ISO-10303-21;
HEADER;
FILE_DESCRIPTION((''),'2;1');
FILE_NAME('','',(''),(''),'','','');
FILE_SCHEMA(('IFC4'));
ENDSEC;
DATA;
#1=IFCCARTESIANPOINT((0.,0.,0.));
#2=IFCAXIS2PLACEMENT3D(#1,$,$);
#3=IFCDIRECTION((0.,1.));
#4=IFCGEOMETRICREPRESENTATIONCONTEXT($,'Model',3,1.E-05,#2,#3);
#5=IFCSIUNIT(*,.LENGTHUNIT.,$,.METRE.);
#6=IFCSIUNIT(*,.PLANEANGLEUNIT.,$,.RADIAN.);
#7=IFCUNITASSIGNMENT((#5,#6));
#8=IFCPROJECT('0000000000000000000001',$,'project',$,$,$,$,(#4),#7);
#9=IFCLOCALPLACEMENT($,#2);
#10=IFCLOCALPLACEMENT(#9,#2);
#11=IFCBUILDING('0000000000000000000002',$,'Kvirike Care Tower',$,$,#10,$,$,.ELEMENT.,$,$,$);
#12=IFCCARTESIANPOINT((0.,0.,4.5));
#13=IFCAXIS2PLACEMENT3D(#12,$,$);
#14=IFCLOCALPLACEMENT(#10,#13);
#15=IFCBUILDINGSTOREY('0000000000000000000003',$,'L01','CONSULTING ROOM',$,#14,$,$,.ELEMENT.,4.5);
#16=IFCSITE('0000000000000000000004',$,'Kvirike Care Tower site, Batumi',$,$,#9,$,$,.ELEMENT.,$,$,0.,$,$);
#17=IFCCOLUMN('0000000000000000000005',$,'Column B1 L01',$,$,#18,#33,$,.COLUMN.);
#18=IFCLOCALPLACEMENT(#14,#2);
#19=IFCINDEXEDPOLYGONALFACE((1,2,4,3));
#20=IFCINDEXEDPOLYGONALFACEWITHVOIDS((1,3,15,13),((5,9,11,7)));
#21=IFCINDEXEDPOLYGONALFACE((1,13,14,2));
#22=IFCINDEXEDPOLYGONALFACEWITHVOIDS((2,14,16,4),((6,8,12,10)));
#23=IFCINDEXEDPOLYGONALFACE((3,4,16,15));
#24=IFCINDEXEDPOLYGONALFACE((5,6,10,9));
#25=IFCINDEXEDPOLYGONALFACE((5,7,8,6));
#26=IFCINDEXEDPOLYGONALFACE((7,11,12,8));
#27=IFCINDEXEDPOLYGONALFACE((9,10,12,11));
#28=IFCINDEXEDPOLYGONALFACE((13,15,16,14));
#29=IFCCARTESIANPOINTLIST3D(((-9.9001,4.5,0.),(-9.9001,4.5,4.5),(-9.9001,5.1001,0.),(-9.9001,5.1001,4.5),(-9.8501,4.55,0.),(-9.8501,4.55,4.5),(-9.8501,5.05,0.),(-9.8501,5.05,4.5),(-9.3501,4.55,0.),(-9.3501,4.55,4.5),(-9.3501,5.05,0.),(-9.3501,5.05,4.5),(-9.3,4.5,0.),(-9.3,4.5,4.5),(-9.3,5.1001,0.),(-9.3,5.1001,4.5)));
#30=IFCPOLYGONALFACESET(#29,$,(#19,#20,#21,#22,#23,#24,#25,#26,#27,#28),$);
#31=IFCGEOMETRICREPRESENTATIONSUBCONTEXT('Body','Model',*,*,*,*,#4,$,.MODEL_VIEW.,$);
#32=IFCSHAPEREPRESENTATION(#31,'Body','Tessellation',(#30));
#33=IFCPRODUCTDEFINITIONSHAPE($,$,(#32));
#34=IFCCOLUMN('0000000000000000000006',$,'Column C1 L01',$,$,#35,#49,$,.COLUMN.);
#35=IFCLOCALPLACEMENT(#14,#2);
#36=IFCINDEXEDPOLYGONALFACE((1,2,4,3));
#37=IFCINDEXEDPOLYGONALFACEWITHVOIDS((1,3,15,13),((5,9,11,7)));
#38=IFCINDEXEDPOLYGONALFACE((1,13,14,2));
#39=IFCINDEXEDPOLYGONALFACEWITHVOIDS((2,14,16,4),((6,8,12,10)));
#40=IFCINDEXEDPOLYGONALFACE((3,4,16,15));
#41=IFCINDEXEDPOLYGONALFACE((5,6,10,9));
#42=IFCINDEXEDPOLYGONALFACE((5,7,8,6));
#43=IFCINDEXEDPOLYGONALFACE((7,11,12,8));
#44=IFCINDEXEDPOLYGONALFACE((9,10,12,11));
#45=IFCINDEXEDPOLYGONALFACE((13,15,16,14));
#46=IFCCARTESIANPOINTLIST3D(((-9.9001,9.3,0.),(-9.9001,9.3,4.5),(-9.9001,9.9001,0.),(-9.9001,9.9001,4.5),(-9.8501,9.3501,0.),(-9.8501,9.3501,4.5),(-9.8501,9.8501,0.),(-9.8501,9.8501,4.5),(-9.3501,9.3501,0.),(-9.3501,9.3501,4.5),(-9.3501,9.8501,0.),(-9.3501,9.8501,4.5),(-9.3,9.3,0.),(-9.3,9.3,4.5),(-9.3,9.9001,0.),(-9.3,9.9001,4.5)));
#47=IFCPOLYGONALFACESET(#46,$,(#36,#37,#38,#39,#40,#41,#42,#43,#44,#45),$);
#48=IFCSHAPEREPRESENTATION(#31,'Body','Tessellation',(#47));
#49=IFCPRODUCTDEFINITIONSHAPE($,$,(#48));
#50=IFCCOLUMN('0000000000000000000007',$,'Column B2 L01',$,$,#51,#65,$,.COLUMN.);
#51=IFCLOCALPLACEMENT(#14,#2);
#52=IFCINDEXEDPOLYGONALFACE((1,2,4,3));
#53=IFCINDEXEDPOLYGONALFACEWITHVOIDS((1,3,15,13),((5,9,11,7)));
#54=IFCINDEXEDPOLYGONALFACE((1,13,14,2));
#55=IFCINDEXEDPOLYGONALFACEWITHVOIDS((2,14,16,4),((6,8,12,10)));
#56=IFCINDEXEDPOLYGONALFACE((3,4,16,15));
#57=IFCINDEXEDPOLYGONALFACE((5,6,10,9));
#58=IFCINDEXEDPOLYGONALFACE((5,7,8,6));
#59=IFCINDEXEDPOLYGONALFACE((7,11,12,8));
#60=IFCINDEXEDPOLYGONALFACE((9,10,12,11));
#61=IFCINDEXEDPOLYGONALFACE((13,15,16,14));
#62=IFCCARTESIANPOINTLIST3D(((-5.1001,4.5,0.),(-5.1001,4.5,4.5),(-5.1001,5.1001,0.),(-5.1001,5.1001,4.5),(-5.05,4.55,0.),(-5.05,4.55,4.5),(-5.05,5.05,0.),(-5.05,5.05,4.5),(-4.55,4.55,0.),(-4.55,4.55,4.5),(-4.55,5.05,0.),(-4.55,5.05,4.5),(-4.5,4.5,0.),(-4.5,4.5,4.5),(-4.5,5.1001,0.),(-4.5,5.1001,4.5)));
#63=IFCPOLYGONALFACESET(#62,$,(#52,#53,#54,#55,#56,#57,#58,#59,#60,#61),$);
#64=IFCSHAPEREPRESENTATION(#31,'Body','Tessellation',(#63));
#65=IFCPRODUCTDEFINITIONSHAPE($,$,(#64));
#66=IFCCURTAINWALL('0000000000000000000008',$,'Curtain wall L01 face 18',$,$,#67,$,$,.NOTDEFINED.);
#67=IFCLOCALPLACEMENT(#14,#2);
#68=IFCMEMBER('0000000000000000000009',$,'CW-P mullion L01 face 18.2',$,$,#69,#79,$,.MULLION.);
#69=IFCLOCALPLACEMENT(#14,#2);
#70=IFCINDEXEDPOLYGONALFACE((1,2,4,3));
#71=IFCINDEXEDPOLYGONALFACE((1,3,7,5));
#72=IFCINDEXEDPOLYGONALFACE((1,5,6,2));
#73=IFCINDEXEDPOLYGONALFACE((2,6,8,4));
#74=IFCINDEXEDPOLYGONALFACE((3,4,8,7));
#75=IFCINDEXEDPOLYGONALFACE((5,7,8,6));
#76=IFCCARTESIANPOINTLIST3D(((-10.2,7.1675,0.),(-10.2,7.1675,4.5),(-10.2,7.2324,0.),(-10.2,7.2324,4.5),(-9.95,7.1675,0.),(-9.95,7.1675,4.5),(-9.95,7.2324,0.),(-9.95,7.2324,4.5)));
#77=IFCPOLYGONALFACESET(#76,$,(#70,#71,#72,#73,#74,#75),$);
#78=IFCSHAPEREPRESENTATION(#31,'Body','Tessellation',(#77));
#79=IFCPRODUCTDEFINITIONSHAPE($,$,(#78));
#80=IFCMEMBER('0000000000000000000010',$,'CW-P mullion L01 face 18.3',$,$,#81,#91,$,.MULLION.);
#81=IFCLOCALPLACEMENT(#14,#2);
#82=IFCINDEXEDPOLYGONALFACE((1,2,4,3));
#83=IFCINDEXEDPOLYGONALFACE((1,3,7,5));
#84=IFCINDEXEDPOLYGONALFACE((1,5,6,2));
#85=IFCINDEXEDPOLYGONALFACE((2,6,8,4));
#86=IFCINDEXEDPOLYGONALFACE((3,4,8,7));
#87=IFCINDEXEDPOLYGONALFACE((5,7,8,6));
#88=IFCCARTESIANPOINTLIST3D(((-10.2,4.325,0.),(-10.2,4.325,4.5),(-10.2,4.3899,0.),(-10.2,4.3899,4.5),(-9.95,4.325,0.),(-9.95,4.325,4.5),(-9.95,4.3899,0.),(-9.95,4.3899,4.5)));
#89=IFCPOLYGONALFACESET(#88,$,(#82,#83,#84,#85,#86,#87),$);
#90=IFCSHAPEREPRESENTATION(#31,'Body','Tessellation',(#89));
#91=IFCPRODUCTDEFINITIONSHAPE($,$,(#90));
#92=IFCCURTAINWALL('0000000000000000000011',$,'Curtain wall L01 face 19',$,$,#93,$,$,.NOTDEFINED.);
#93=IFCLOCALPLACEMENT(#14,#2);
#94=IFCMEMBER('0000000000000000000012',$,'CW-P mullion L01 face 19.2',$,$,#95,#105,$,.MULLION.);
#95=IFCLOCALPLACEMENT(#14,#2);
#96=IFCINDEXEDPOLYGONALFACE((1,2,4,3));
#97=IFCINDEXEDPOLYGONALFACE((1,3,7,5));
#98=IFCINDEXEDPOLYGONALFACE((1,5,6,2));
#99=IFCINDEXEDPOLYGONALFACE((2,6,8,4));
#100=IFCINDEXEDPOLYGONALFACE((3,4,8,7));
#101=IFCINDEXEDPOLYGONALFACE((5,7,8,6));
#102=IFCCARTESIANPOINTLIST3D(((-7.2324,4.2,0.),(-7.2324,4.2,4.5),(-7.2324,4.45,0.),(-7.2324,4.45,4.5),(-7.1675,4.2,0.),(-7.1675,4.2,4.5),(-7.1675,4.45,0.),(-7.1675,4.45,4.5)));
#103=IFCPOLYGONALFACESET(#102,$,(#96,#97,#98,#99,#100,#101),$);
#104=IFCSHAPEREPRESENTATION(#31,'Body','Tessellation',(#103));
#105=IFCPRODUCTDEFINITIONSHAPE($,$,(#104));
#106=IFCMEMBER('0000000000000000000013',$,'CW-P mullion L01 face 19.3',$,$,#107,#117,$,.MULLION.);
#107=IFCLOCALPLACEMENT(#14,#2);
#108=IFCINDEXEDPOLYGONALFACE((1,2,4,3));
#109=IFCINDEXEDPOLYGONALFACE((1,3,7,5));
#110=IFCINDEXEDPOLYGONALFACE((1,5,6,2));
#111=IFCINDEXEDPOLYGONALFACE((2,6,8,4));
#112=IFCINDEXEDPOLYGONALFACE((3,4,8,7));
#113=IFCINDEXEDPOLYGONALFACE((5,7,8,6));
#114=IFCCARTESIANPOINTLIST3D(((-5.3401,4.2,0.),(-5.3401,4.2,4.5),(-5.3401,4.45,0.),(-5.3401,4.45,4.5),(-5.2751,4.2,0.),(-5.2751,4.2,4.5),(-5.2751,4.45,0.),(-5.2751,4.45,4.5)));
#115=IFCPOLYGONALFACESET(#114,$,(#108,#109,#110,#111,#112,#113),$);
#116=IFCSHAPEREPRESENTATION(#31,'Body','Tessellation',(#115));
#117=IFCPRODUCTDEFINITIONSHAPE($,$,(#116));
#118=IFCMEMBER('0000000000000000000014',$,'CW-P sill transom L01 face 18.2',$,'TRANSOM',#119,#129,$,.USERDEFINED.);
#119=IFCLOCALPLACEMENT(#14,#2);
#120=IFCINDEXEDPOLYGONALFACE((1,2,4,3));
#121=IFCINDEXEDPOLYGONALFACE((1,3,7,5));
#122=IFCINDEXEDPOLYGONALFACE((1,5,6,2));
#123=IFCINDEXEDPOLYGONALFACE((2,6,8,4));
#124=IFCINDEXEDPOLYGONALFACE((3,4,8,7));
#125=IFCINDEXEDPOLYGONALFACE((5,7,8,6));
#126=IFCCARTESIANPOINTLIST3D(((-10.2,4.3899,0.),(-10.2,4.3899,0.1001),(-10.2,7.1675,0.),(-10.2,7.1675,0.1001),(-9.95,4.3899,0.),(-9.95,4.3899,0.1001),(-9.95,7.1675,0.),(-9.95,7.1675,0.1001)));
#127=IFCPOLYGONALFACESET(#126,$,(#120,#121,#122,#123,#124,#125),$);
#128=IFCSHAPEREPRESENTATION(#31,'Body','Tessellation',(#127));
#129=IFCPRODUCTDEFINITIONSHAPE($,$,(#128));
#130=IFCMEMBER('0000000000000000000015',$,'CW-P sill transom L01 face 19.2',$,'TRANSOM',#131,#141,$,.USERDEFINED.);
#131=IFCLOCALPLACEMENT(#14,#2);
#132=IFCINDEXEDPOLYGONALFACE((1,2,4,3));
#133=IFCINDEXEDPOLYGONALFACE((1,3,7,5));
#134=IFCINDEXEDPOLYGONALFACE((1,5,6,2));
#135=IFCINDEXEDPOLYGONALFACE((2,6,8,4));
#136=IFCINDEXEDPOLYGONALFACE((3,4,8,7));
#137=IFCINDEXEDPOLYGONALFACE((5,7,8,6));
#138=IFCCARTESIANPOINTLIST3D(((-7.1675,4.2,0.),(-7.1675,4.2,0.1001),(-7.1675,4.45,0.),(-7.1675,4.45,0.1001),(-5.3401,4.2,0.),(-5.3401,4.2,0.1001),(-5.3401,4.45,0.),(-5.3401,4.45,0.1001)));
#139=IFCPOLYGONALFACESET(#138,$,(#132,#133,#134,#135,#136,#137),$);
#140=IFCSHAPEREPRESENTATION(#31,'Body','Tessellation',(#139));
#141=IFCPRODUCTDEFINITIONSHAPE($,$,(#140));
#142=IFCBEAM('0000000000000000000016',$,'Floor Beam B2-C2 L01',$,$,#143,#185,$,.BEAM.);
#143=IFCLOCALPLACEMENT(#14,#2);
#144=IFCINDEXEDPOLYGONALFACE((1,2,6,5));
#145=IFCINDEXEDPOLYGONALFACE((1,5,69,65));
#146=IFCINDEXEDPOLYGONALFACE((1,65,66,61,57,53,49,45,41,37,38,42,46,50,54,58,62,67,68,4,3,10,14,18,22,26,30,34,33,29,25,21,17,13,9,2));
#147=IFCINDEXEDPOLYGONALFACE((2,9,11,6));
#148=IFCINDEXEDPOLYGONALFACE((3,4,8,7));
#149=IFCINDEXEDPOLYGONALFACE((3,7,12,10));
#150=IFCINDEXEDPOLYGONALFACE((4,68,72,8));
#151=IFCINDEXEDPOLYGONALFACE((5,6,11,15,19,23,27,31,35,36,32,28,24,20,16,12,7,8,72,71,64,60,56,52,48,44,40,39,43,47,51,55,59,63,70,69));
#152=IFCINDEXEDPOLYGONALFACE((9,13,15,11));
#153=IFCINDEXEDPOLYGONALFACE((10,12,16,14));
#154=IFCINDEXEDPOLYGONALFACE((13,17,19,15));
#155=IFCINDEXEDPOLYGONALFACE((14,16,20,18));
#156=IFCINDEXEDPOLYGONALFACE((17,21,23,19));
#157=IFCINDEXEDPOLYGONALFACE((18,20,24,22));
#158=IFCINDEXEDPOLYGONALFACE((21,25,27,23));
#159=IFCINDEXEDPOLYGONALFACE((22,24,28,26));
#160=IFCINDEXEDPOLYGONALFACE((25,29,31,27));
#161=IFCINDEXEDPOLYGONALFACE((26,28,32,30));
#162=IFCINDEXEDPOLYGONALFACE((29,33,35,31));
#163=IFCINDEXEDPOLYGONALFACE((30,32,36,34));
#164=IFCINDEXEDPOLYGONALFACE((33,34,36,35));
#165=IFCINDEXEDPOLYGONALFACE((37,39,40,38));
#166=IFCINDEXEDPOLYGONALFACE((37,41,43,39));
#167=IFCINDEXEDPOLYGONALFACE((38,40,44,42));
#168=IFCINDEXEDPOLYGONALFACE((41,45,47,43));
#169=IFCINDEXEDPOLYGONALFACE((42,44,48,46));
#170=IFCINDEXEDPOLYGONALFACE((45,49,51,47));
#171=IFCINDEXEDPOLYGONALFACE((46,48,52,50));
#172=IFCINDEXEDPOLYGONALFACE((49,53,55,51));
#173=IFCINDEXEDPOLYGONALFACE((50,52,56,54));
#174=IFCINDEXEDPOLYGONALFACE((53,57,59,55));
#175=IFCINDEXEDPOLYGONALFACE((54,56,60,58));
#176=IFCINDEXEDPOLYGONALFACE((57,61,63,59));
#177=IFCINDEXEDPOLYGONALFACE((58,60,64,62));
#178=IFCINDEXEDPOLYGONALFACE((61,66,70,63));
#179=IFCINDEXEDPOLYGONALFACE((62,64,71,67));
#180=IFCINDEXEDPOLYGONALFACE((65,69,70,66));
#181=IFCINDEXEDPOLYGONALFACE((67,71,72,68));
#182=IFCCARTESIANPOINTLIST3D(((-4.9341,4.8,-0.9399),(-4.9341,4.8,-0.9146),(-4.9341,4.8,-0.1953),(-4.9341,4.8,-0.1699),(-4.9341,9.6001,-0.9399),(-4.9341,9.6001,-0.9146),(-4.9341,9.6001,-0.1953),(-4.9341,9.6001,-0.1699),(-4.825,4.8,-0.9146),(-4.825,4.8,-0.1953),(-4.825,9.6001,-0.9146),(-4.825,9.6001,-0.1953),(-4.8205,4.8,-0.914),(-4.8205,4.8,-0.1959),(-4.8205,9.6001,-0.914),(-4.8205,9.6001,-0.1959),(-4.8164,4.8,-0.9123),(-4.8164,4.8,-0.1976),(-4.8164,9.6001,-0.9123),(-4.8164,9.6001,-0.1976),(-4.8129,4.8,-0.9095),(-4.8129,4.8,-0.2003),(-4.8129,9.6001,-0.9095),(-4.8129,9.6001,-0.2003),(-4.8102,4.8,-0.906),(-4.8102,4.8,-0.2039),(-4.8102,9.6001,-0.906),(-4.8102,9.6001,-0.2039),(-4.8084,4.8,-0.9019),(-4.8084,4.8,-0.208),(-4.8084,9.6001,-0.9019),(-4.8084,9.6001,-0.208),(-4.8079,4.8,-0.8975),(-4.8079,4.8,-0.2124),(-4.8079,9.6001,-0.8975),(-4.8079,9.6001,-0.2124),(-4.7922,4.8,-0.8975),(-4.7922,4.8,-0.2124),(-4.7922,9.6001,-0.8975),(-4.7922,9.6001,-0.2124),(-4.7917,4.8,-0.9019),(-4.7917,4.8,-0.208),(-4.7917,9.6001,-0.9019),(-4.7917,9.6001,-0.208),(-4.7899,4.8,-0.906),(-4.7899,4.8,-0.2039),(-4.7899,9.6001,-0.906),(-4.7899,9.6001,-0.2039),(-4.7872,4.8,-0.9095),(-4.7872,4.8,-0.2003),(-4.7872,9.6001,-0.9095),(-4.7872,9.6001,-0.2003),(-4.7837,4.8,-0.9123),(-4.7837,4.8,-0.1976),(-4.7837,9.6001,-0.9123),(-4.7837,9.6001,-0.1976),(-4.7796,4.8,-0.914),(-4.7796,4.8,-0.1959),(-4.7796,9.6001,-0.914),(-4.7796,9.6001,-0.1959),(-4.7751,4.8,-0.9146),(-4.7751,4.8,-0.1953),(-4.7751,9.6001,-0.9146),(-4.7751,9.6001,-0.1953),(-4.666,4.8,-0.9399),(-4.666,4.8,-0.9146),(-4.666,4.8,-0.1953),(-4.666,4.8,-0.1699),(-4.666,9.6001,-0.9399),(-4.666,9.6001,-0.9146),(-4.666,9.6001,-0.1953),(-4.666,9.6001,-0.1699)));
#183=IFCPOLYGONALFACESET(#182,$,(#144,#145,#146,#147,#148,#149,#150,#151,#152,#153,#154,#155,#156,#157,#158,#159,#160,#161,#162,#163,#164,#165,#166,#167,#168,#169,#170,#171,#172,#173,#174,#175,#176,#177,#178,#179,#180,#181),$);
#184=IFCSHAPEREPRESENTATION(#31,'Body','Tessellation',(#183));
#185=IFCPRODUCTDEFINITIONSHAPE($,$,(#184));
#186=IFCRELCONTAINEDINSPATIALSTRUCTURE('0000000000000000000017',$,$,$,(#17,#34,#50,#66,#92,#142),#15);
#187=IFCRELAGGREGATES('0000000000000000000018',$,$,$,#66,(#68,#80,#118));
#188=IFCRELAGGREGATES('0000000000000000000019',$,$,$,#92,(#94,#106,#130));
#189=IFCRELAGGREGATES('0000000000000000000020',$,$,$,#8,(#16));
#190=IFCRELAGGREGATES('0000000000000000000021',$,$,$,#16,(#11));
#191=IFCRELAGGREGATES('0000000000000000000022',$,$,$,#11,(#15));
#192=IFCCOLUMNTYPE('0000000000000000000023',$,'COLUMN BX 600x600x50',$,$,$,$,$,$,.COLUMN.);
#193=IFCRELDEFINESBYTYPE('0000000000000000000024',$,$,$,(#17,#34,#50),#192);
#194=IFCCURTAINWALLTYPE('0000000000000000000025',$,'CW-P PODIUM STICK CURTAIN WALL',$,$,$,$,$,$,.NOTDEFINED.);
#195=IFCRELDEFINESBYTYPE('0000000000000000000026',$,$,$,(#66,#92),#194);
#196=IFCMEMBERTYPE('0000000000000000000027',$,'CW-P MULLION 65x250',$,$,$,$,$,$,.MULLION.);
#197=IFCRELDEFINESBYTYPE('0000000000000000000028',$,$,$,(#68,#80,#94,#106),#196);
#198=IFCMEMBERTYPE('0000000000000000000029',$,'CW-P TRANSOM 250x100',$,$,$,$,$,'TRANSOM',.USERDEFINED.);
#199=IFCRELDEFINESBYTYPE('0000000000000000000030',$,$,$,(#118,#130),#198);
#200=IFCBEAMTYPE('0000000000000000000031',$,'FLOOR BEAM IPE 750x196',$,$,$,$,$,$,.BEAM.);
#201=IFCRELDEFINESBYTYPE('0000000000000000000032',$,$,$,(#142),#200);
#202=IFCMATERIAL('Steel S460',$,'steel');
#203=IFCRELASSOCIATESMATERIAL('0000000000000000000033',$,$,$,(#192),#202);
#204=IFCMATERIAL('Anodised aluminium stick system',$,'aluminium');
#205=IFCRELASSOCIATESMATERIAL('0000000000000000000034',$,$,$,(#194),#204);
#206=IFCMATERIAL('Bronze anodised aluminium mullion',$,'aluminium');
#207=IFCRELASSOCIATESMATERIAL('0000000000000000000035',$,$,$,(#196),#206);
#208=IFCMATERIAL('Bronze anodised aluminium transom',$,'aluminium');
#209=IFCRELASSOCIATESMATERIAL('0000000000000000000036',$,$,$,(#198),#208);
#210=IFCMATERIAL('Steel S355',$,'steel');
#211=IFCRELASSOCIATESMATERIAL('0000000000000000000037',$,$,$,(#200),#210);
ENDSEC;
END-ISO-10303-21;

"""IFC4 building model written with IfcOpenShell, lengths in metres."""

from ifc_helpers import new_model, si_unit, direction, frame, origin, origin_2d, place, context, subcontext, project, spatial, rectangle, hollow_rectangle, i_section, extrude, material, material_profile, profile_set, type_object, element, aggregate, save


model = new_model("IFC4")

# Units and contexts
model_context = context("Model", 3, precision=1e-05, world=origin(), true_north=direction((0.0, 1.0)))
body_context = subcontext(model_context, "Body", "Model", "MODEL_VIEW")
ifc_project = project(units=[si_unit("LENGTHUNIT", "METRE"), si_unit("PLANEANGLEUNIT", "RADIAN")], contexts=[model_context])

# Site, building, storey
site_placement = place(None, origin())
site = spatial("IfcSite", under=ifc_project, at=site_placement, Name="Kvirike Care Tower site, Batumi", CompositionType="ELEMENT", RefElevation=0.0)
building_placement = place(site_placement, origin())
building = spatial("IfcBuilding", under=site, at=building_placement, Name="Kvirike Care Tower", CompositionType="ELEMENT")
storey_placement = place(building_placement, frame((0.0, 0.0, 4.5)))
storey = spatial("IfcBuildingStorey", under=building, at=storey_placement, Name="L01", Description="CONSULTING ROOM", CompositionType="ELEMENT", Elevation=4.5)

# Columns
ifc_material_1 = material(Name="Steel S460", Category="steel")
ifc_material_profile_1 = material_profile(ifc_material_1, hollow_rectangle(XDim=0.6001, YDim=0.6001, WallThickness=0.05, at=origin_2d()), Name="BX 600x600x50")
ifc_profile_set_1 = profile_set([ifc_material_profile_1], Name="Steel S460")
column_type = type_object("IfcColumnType", Name="COLUMN BX 600x600x50", PredefinedType="COLUMN", material=ifc_profile_set_1)
for number, where, z_axis, x_axis, name in (
    (1, (-9.6001, 4.8, 0.0), (0.0, 0.0, 1.0), (0.0, 1.0, 0.0), "Column B1 L01"),
    (2, (-9.6001, 9.6001, 0.0), (0.0, 0.0, 1.0), (0.0, 1.0, 0.0), "Column C1 L01"),
    (3, (-4.8, 4.8, 0.0), (0.0, 0.0, 1.0), (0.0, 1.0, 0.0), "Column B2 L01"),
):
    element("IfcColumn", number, at=place(storey_placement, frame(where, z_axis=z_axis, x_axis=x_axis)), inside=storey, type_object=column_type, Name=name, PredefinedType="COLUMN", context=body_context, shape_type="SweptSolid", body=[
        extrude(hollow_rectangle(XDim=0.6001, YDim=0.6001, WallThickness=0.05, at=origin_2d()), origin(), (0.0, 0.0, 1.0), 4.5),
    ])

# Curtain walls, members
ifc_material_2 = material(Name="Anodised aluminium stick system", Category="aluminium")
curtain_wall_type = type_object("IfcCurtainWallType", Name="CW-P PODIUM STICK CURTAIN WALL", PredefinedType="NOTDEFINED", material=ifc_material_2)
curtain_wall_1_placement = place(storey_placement, origin())
curtain_wall_1 = element("IfcCurtainWall", 4, at=curtain_wall_1_placement, inside=storey, type_object=curtain_wall_type, Name="Curtain wall L01 face 18", PredefinedType="NOTDEFINED")
ifc_material_3 = material(Name="Bronze anodised aluminium mullion", Category="aluminium")
ifc_material_profile_2 = material_profile(ifc_material_3, rectangle(XDim=0.0649, YDim=0.25, at=origin_2d()), Name="CW-P MULLION 65x250")
ifc_profile_set_2 = profile_set([ifc_material_profile_2], Name="Bronze anodised aluminium mullion")
member_type_1 = type_object("IfcMemberType", Name="CW-P MULLION 65x250", PredefinedType="MULLION", material=ifc_profile_set_2)
member_1_placement = place(storey_placement, frame((-10.075, 7.2, 0.0), z_axis=(0.0, 0.0, 1.0), x_axis=(0.0, -1.0, 0.0)))
member_1 = element("IfcMember", 5, at=member_1_placement, type_object=member_type_1, Name="CW-P mullion L01 face 18.2", PredefinedType="MULLION", context=body_context, shape_type="SweptSolid", body=[
    extrude(rectangle(XDim=0.0649, YDim=0.25, at=origin_2d()), origin(), (0.0, 0.0, 1.0), 4.5),
])
member_2_placement = place(storey_placement, frame((-10.075, 4.3574, 0.0), z_axis=(0.0, 0.0, 1.0), x_axis=(0.0, -1.0, 0.0)))
member_2 = element("IfcMember", 6, at=member_2_placement, type_object=member_type_1, Name="CW-P mullion L01 face 18.3", PredefinedType="MULLION", context=body_context, shape_type="SweptSolid", body=[
    extrude(rectangle(XDim=0.0649, YDim=0.25, at=origin_2d()), origin(), (0.0, 0.0, 1.0), 4.5),
])
curtain_wall_2_placement = place(storey_placement, origin())
curtain_wall_2 = element("IfcCurtainWall", 7, at=curtain_wall_2_placement, inside=storey, type_object=curtain_wall_type, Name="Curtain wall L01 face 19", PredefinedType="NOTDEFINED")
member_3_placement = place(storey_placement, frame((-7.2, 4.325, 0.0), z_axis=(0.0, 0.0, 1.0), x_axis=(1.0, 0.0, 0.0)))
member_3 = element("IfcMember", 8, at=member_3_placement, type_object=member_type_1, Name="CW-P mullion L01 face 19.2", PredefinedType="MULLION", context=body_context, shape_type="SweptSolid", body=[
    extrude(rectangle(XDim=0.0649, YDim=0.25, at=origin_2d()), origin(), (0.0, 0.0, 1.0), 4.5),
])
member_4_placement = place(storey_placement, frame((-5.3076, 4.325, 0.0), z_axis=(0.0, 0.0, 1.0), x_axis=(1.0, 0.0, 0.0)))
member_4 = element("IfcMember", 9, at=member_4_placement, type_object=member_type_1, Name="CW-P mullion L01 face 19.3", PredefinedType="MULLION", context=body_context, shape_type="SweptSolid", body=[
    extrude(rectangle(XDim=0.0649, YDim=0.25, at=origin_2d()), origin(), (0.0, 0.0, 1.0), 4.5),
])

# Members
ifc_material_4 = material(Name="Bronze anodised aluminium transom", Category="aluminium")
ifc_material_profile_3 = material_profile(ifc_material_4, rectangle(XDim=0.25, YDim=0.1001, at=origin_2d()), Name="CW-P TRANSOM 250x100")
ifc_profile_set_3 = profile_set([ifc_material_profile_3], Name="Bronze anodised aluminium transom")
member_type_2 = type_object("IfcMemberType", Name="CW-P TRANSOM 250x100", ElementType="TRANSOM", PredefinedType="USERDEFINED", material=ifc_profile_set_3)
member_5_placement = place(storey_placement, frame((-10.075, 7.1675, 0.05), z_axis=(0.0, -1.0, 0.0), x_axis=(1.0, 0.0, 0.0)))
member_5 = element("IfcMember", 10, at=member_5_placement, type_object=member_type_2, Name="CW-P sill transom L01 face 18.2", ObjectType="TRANSOM", PredefinedType="USERDEFINED", context=body_context, shape_type="SweptSolid", body=[
    extrude(rectangle(XDim=0.25, YDim=0.1001, at=origin_2d()), origin(), (0.0, 0.0, 1.0), 2.7776),
])
member_6_placement = place(storey_placement, frame((-7.1675, 4.325, 0.05), z_axis=(1.0, 0.0, 0.0), x_axis=(0.0, 1.0, 0.0)))
member_6 = element("IfcMember", 11, at=member_6_placement, type_object=member_type_2, Name="CW-P sill transom L01 face 19.2", ObjectType="TRANSOM", PredefinedType="USERDEFINED", context=body_context, shape_type="SweptSolid", body=[
    extrude(rectangle(XDim=0.25, YDim=0.1001, at=origin_2d()), origin(), (0.0, 0.0, 1.0), 1.8274),
])

# Beam
ifc_material_5 = material(Name="Steel S355", Category="steel")
ifc_material_profile_4 = material_profile(ifc_material_5, i_section(OverallWidth=0.2681, OverallDepth=0.77, WebThickness=0.0156, FlangeThickness=0.0254, FilletRadius=0.0171, at=origin_2d()), Name="IPE 750x196")
ifc_profile_set_4 = profile_set([ifc_material_profile_4], Name="Steel S355")
beam_type_1 = type_object("IfcBeamType", Name="FLOOR BEAM IPE 750x196", PredefinedType="BEAM", material=ifc_profile_set_4)
beam_placement = place(storey_placement, frame((-4.8, 4.8, -0.5549), z_axis=(0.0, 1.0, 0.0), x_axis=(-1.0, 0.0, 0.0)))
element("IfcBeam", 12, at=beam_placement, inside=storey, type_object=beam_type_1, Name="Floor Beam B2-C2 L01", PredefinedType="BEAM", context=body_context, shape_type="SweptSolid", body=[
    extrude(i_section(OverallWidth=0.2681, OverallDepth=0.77, WebThickness=0.0156, FlangeThickness=0.0254, FilletRadius=0.0171, at=origin_2d()), origin(), (0.0, 0.0, 1.0), 4.8),
])

aggregate(curtain_wall_1, [member_1, member_2, member_5])
aggregate(curtain_wall_2, [member_3, member_4, member_6])

save(model, "model.ifc")
